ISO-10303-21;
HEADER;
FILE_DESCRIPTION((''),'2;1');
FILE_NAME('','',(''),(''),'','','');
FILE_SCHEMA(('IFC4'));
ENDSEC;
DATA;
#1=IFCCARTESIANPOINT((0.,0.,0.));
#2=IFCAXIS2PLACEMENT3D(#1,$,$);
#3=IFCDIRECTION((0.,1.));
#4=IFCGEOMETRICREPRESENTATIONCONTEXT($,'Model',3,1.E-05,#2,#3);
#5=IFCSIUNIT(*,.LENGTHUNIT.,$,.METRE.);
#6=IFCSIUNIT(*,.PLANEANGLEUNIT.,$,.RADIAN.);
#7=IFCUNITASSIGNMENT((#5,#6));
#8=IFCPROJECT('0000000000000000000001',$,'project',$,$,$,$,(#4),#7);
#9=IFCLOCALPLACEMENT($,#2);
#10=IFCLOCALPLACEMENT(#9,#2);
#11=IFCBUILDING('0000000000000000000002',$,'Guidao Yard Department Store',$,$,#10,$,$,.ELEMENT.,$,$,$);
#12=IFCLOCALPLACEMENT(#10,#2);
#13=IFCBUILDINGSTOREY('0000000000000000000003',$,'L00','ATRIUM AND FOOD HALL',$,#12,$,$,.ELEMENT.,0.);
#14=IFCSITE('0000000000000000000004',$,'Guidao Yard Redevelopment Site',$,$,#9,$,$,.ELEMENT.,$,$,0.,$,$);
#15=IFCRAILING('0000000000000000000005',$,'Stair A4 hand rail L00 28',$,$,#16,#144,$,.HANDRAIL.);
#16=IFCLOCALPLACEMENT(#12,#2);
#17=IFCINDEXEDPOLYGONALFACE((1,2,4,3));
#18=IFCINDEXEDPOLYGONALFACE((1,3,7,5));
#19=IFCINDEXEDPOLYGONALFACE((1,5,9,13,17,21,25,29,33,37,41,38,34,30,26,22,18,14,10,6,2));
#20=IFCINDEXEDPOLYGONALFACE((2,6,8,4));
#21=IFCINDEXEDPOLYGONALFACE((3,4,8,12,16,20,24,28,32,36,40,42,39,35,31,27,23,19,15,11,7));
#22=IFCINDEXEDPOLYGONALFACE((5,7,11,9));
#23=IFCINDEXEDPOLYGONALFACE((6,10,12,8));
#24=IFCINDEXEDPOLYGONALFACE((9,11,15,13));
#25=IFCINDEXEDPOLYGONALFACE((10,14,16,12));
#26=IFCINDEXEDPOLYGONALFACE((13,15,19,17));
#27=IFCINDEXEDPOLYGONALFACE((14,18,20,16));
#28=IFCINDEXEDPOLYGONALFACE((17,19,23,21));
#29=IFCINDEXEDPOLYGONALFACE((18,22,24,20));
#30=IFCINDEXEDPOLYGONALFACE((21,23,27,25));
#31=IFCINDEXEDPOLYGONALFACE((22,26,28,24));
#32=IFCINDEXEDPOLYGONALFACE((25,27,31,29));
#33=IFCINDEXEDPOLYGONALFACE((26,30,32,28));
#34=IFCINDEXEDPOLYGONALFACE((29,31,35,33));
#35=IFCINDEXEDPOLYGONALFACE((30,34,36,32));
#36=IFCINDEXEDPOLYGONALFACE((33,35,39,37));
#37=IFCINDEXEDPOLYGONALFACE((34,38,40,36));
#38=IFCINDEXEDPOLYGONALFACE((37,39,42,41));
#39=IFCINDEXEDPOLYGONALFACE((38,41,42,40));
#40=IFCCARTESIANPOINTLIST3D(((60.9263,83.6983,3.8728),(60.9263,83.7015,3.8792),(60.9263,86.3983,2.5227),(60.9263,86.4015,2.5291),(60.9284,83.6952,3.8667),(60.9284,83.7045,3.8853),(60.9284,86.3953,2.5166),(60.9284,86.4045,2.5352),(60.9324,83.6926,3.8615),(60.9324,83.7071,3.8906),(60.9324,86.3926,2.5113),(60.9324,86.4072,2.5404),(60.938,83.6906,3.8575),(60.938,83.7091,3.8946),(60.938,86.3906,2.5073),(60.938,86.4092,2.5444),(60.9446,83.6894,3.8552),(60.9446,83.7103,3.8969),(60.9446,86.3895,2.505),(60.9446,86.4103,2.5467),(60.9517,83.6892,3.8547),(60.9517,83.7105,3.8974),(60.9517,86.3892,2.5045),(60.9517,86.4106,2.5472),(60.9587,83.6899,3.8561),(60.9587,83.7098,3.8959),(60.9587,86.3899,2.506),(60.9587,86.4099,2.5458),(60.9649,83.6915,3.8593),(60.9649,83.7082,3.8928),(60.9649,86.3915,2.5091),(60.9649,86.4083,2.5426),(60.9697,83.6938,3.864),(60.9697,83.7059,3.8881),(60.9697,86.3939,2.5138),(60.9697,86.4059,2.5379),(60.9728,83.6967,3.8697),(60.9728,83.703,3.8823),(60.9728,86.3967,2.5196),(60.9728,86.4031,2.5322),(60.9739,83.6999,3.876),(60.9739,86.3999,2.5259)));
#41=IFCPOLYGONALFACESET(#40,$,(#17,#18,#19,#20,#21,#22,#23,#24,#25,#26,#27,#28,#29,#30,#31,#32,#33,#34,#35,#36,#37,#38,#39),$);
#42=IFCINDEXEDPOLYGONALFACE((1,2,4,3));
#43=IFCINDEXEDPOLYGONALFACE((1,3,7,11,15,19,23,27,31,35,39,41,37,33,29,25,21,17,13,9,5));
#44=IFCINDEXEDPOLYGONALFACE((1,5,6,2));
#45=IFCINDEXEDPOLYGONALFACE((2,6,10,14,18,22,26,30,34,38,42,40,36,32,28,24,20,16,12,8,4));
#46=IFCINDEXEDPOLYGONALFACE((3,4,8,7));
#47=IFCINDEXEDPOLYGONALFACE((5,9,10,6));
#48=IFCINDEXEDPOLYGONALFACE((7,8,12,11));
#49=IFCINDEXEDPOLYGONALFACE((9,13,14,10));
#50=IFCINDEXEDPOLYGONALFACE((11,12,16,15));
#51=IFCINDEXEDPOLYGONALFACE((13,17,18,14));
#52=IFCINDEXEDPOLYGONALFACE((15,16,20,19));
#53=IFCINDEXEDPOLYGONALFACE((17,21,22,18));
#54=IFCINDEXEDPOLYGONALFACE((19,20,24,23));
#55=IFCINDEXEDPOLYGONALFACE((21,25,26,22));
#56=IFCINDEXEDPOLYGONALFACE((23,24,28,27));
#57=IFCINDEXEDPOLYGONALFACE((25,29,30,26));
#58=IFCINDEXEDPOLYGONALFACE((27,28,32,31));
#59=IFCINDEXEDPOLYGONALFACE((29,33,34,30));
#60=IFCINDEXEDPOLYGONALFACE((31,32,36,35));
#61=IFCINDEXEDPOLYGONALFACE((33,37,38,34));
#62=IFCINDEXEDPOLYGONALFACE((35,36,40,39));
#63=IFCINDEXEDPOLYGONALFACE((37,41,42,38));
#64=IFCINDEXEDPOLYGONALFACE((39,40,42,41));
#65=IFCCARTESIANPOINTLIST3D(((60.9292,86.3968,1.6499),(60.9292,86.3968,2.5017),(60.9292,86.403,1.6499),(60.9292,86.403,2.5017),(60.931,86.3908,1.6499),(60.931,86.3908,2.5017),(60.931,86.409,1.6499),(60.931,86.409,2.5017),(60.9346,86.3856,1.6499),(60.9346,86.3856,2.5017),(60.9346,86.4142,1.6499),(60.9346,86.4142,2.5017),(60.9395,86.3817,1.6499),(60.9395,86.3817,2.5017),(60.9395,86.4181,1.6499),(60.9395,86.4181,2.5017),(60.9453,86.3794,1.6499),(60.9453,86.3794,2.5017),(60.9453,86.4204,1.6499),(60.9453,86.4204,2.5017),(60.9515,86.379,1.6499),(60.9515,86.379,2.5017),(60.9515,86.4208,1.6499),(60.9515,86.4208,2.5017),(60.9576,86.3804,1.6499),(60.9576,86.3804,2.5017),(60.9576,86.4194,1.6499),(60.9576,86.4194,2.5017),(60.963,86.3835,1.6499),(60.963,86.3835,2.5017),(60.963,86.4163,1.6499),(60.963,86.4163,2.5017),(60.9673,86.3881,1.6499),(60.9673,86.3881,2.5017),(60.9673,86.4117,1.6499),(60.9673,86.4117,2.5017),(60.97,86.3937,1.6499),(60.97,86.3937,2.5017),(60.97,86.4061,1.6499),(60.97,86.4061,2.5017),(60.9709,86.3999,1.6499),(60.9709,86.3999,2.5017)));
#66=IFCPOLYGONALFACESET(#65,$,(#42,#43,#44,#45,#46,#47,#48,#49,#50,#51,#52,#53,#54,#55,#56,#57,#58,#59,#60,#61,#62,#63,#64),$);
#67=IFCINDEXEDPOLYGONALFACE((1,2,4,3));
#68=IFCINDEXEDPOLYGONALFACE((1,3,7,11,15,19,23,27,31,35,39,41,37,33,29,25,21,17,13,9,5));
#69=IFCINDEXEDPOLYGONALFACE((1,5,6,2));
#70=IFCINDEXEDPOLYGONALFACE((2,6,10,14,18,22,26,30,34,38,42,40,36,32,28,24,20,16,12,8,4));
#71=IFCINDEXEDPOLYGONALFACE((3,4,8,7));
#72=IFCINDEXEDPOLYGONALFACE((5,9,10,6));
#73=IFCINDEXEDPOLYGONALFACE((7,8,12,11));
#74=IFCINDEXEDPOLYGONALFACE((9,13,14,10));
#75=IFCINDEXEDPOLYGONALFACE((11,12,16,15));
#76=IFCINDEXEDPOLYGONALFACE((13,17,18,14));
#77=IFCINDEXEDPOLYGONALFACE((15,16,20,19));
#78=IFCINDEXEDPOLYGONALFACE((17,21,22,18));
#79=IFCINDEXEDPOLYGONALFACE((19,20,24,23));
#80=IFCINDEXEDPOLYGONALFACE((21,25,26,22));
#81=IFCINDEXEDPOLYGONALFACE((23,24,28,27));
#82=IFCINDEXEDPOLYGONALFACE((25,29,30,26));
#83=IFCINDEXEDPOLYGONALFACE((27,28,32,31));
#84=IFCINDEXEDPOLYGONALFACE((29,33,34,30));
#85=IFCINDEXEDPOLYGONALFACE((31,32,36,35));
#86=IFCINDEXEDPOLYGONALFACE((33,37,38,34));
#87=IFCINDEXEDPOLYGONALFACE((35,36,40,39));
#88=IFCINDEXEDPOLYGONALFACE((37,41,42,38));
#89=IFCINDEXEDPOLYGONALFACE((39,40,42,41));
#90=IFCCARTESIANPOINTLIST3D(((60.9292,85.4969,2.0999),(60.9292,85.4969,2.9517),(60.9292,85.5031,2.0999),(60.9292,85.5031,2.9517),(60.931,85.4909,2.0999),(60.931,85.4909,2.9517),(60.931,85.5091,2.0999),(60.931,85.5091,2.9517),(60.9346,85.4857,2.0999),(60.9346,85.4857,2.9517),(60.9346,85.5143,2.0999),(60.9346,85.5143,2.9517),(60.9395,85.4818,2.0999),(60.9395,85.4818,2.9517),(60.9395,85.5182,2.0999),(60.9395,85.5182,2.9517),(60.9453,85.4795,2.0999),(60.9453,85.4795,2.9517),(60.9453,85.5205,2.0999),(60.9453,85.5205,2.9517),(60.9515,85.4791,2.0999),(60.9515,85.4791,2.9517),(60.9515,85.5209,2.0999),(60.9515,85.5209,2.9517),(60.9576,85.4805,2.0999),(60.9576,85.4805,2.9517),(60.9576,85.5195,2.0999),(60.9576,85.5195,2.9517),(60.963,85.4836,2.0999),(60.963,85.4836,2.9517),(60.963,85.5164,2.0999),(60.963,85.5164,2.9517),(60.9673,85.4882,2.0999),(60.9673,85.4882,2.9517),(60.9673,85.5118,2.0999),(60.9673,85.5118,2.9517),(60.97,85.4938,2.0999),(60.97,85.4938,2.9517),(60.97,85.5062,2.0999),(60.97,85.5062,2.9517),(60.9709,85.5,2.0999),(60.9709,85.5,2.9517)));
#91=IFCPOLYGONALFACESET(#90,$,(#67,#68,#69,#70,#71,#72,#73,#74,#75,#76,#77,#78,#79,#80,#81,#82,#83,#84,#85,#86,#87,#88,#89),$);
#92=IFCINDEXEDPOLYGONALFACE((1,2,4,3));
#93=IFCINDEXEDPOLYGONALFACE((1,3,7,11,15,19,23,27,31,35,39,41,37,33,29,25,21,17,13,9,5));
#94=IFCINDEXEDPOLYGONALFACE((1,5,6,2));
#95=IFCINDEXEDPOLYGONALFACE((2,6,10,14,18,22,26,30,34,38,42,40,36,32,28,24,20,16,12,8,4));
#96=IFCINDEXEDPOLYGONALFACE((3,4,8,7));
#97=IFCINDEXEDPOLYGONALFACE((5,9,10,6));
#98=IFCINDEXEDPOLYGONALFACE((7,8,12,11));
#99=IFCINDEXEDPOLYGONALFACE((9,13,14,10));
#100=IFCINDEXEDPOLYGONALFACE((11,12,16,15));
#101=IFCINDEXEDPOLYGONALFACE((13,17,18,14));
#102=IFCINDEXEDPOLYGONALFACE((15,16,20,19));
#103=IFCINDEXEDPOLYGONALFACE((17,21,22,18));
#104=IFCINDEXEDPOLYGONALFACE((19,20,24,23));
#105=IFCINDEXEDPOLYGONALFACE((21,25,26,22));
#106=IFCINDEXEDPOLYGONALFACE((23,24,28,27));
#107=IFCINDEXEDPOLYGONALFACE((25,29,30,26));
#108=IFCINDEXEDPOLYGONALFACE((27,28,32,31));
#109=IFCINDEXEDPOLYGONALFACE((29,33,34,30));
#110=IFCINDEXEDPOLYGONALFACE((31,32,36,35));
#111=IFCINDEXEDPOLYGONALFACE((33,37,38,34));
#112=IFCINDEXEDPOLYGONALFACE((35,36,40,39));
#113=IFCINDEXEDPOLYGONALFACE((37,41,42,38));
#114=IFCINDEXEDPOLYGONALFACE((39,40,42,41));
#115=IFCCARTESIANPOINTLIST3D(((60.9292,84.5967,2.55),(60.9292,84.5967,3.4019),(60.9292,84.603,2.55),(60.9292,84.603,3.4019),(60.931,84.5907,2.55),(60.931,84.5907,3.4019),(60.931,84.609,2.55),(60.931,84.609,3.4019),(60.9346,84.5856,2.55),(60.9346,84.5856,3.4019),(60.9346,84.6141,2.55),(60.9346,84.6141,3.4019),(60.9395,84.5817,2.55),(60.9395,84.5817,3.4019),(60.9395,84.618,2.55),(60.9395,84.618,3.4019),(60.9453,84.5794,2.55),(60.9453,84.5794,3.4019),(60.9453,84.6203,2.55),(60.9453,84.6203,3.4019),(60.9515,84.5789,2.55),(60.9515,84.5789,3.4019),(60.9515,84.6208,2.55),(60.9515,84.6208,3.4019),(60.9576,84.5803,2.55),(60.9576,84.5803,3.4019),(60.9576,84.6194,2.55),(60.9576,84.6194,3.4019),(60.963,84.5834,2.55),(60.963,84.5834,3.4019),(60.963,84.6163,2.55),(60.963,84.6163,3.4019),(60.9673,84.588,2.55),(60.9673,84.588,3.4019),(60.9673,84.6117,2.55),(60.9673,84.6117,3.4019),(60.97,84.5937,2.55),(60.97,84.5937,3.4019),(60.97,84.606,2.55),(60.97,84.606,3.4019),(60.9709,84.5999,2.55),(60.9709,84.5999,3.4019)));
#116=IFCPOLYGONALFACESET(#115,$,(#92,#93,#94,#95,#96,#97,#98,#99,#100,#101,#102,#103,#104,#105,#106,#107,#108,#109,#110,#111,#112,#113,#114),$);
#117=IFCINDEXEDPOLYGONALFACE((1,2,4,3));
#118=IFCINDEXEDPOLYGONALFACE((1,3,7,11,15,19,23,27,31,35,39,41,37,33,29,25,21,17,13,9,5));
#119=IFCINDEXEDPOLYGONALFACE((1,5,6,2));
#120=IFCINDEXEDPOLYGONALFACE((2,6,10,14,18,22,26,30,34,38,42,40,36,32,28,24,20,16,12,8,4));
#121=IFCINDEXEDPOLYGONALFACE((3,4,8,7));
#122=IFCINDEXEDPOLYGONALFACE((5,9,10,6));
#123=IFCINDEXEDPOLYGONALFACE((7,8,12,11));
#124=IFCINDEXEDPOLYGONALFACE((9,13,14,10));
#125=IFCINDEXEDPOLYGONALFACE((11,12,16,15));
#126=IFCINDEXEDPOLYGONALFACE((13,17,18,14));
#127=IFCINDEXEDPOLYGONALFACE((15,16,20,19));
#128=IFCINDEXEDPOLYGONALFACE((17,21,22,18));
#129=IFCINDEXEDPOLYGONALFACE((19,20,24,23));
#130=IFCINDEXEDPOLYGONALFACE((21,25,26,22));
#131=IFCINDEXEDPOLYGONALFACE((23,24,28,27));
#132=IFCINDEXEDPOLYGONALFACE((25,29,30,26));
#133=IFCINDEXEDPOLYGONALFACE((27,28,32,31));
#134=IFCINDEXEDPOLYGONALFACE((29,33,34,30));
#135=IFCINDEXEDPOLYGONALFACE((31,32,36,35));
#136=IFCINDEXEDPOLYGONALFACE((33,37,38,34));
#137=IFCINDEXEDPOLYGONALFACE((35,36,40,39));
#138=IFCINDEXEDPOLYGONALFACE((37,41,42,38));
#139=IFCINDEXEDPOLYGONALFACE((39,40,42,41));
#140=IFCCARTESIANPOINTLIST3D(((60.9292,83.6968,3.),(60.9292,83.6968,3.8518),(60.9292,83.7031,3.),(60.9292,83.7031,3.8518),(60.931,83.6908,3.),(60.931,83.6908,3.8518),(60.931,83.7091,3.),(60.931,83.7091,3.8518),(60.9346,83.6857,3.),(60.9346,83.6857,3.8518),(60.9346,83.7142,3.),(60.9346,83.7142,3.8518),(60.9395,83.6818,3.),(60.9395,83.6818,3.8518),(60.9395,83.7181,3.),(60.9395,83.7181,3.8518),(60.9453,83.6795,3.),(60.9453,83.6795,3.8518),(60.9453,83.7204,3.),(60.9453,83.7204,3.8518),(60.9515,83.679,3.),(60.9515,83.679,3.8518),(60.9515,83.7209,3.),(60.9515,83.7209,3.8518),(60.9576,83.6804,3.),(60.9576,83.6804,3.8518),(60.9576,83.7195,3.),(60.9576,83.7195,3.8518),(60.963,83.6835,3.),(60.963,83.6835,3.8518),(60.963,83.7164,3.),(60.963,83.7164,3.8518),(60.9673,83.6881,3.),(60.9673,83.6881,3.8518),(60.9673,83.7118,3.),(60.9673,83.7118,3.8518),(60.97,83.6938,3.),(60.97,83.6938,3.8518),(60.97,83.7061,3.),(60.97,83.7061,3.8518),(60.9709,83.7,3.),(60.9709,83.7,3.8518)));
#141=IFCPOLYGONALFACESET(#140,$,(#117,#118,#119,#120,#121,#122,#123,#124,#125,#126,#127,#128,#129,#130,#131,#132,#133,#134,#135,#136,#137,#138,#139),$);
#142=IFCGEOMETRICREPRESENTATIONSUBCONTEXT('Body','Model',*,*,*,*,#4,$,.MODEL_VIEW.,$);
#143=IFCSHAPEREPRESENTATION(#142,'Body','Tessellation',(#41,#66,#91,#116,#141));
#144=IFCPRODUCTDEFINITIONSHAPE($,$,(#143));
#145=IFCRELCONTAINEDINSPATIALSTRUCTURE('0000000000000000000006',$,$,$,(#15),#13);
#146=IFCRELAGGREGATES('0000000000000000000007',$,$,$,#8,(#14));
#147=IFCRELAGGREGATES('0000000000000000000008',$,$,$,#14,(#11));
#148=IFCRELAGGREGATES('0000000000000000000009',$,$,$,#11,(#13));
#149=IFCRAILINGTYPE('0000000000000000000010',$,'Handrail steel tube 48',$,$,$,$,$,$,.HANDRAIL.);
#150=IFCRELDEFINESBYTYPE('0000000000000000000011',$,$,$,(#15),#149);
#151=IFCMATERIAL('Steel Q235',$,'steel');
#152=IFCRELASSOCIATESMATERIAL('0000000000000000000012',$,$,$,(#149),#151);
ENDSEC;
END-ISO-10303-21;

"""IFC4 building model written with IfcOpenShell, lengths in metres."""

from ifc_helpers import new_model, si_unit, direction, frame, origin, origin_2d, place, context, subcontext, project, spatial, circle, extrude, material, type_object, element, save


model = new_model("IFC4")

# Units and contexts
model_context = context("Model", 3, precision=1e-05, world=origin(), true_north=direction((0.0, 1.0)))
body_context = subcontext(model_context, "Body", "Model", "MODEL_VIEW")
ifc_project = project(units=[si_unit("LENGTHUNIT", "METRE"), si_unit("PLANEANGLEUNIT", "RADIAN")], contexts=[model_context])

# Site, building, storey
site_placement = place(None, origin())
site = spatial("IfcSite", under=ifc_project, at=site_placement, Name="Guidao Yard Redevelopment Site", CompositionType="ELEMENT", RefElevation=0.0)
building_placement = place(site_placement, origin())
building = spatial("IfcBuilding", under=site, at=building_placement, Name="Guidao Yard Department Store", CompositionType="ELEMENT")
storey_placement = place(building_placement, origin())
storey = spatial("IfcBuildingStorey", under=building, at=storey_placement, Name="L00", Description="ATRIUM AND FOOD HALL", CompositionType="ELEMENT", Elevation=0.0)

# Railing
ifc_material_1 = material(Name="Steel Q235", Category="steel")
railing_type = type_object("IfcRailingType", Name="Handrail steel tube 48", PredefinedType="HANDRAIL", material=ifc_material_1)
for number, where, name in (
    (1, (60.95, 86.3999, 1.6499), "Stair A4 hand rail L00 28"),
):
    element("IfcRailing", number, at=place(storey_placement, frame(where)), inside=storey, type_object=railing_type, Name=name, PredefinedType="HANDRAIL", context=body_context, shape_type="SweptSolid", body=[
        extrude(circle(Radius=0.0239, at=origin_2d()), frame((0.0, 0.0, 0.876), z_axis=(0.0, -0.894411, 0.447246), x_axis=(1.0, 0.0, 0.0)), (0.0, 0.0, 1.0), 3.0188),
        extrude(circle(Radius=0.021, at=origin_2d()), origin(), (0.0, 0.0, 1.0), 0.8518),
        extrude(circle(Radius=0.021, at=origin_2d()), frame((0.0, -0.8999, 0.45)), (0.0, 0.0, 1.0), 0.8518),
        extrude(circle(Radius=0.021, at=origin_2d()), frame((0.0, -1.8, 0.9001)), (0.0, 0.0, 1.0), 0.8518),
        extrude(circle(Radius=0.021, at=origin_2d()), frame((0.0, -2.7, 1.3501)), (0.0, 0.0, 1.0), 0.8518),
    ])

save(model, "model.ifc")
